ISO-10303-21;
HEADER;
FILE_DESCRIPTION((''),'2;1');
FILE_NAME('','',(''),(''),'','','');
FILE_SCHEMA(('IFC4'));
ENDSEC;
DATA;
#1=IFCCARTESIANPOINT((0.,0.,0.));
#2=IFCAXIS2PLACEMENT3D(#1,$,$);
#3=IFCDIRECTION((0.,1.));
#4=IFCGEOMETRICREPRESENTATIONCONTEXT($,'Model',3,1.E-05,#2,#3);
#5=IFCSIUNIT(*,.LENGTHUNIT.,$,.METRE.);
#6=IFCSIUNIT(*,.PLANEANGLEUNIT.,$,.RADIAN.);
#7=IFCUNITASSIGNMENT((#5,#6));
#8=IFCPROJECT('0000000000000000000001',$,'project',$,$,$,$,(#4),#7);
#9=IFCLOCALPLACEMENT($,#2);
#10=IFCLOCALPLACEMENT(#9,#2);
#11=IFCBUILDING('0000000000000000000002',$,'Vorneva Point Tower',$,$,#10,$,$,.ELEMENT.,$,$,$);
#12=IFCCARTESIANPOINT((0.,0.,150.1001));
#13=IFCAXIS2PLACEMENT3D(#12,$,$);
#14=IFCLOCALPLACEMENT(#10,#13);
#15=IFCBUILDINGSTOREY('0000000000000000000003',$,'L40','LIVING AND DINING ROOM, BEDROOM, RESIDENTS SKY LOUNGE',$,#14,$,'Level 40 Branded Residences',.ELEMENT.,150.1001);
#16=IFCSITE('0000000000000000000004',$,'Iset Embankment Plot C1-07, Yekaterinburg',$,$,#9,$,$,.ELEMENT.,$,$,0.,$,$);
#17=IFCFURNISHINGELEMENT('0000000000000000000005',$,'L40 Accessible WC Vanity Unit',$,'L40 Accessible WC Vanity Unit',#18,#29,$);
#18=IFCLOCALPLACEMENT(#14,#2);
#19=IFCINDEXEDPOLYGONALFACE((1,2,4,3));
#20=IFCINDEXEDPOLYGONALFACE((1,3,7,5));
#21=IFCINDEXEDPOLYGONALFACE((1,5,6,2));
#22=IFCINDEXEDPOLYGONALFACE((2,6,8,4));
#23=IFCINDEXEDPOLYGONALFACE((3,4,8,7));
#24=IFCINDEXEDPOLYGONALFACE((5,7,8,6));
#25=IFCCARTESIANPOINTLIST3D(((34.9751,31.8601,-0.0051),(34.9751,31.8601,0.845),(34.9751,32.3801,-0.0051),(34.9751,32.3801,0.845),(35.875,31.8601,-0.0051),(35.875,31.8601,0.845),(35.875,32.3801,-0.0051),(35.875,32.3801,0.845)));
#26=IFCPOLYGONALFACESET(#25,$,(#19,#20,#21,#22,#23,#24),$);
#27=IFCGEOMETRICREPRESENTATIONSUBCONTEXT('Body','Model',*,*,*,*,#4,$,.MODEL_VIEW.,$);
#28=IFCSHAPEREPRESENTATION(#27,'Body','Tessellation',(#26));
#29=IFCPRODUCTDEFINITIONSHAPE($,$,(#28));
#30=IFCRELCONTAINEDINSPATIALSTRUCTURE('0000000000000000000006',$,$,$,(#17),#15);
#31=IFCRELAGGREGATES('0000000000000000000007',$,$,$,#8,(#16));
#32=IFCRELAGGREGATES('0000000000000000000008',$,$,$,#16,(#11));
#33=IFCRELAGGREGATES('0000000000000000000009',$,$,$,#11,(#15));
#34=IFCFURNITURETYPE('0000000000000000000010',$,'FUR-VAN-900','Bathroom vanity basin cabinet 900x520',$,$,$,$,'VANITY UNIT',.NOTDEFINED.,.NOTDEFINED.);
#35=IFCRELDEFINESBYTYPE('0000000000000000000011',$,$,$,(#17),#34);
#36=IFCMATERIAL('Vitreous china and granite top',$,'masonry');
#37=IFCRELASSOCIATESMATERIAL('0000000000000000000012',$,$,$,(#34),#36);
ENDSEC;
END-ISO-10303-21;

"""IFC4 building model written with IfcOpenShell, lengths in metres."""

from ifc_helpers import new_model, si_unit, direction, frame, origin, origin_2d, place, context, subcontext, project, spatial, rectangle, extrude, material, type_object, element, save


model = new_model("IFC4")

# Units and contexts
model_context = context("Model", 3, precision=1e-05, world=origin(), true_north=direction((0.0, 1.0)))
body_context = subcontext(model_context, "Body", "Model", "MODEL_VIEW")
ifc_project = project(units=[si_unit("LENGTHUNIT", "METRE"), si_unit("PLANEANGLEUNIT", "RADIAN")], contexts=[model_context])

# Site, building, storey
site_placement = place(None, origin())
site = spatial("IfcSite", under=ifc_project, at=site_placement, Name="Iset Embankment Plot C1-07, Yekaterinburg", CompositionType="ELEMENT", RefElevation=0.0)
building_placement = place(site_placement, origin())
building = spatial("IfcBuilding", under=site, at=building_placement, Name="Vorneva Point Tower", CompositionType="ELEMENT")
storey_placement = place(building_placement, frame((0.0, 0.0, 150.1001)))
storey = spatial("IfcBuildingStorey", under=building, at=storey_placement, Name="L40", Description="LIVING AND DINING ROOM, BEDROOM, RESIDENTS SKY LOUNGE", LongName="Level 40 Branded Residences", CompositionType="ELEMENT", Elevation=150.1001)

# Furnishing element
ifc_material_1 = material(Name="Vitreous china and granite top", Category="masonry")
furniture_type_1 = type_object("IfcFurnitureType", Name="FUR-VAN-900", Description="Bathroom vanity basin cabinet 900x520", ElementType="VANITY UNIT", AssemblyPlace="NOTDEFINED", PredefinedType="NOTDEFINED", material=ifc_material_1)
furnishing_1_placement = place(storey_placement, frame((35.425, 32.1201, -0.0051), z_axis=(0.0, 0.0, 1.0), x_axis=(1.0, 0.0, 0.0)))
element("IfcFurnishingElement", 1, at=furnishing_1_placement, inside=storey, type_object=furniture_type_1, Name="L40 Accessible WC Vanity Unit", ObjectType="L40 Accessible WC Vanity Unit", context=body_context, shape_type="SweptSolid", body=[
    extrude(rectangle(XDim=0.8999, YDim=0.52, at=origin_2d()), origin(), (0.0, 0.0, 1.0), 0.8501),
])

save(model, "model.ifc")
